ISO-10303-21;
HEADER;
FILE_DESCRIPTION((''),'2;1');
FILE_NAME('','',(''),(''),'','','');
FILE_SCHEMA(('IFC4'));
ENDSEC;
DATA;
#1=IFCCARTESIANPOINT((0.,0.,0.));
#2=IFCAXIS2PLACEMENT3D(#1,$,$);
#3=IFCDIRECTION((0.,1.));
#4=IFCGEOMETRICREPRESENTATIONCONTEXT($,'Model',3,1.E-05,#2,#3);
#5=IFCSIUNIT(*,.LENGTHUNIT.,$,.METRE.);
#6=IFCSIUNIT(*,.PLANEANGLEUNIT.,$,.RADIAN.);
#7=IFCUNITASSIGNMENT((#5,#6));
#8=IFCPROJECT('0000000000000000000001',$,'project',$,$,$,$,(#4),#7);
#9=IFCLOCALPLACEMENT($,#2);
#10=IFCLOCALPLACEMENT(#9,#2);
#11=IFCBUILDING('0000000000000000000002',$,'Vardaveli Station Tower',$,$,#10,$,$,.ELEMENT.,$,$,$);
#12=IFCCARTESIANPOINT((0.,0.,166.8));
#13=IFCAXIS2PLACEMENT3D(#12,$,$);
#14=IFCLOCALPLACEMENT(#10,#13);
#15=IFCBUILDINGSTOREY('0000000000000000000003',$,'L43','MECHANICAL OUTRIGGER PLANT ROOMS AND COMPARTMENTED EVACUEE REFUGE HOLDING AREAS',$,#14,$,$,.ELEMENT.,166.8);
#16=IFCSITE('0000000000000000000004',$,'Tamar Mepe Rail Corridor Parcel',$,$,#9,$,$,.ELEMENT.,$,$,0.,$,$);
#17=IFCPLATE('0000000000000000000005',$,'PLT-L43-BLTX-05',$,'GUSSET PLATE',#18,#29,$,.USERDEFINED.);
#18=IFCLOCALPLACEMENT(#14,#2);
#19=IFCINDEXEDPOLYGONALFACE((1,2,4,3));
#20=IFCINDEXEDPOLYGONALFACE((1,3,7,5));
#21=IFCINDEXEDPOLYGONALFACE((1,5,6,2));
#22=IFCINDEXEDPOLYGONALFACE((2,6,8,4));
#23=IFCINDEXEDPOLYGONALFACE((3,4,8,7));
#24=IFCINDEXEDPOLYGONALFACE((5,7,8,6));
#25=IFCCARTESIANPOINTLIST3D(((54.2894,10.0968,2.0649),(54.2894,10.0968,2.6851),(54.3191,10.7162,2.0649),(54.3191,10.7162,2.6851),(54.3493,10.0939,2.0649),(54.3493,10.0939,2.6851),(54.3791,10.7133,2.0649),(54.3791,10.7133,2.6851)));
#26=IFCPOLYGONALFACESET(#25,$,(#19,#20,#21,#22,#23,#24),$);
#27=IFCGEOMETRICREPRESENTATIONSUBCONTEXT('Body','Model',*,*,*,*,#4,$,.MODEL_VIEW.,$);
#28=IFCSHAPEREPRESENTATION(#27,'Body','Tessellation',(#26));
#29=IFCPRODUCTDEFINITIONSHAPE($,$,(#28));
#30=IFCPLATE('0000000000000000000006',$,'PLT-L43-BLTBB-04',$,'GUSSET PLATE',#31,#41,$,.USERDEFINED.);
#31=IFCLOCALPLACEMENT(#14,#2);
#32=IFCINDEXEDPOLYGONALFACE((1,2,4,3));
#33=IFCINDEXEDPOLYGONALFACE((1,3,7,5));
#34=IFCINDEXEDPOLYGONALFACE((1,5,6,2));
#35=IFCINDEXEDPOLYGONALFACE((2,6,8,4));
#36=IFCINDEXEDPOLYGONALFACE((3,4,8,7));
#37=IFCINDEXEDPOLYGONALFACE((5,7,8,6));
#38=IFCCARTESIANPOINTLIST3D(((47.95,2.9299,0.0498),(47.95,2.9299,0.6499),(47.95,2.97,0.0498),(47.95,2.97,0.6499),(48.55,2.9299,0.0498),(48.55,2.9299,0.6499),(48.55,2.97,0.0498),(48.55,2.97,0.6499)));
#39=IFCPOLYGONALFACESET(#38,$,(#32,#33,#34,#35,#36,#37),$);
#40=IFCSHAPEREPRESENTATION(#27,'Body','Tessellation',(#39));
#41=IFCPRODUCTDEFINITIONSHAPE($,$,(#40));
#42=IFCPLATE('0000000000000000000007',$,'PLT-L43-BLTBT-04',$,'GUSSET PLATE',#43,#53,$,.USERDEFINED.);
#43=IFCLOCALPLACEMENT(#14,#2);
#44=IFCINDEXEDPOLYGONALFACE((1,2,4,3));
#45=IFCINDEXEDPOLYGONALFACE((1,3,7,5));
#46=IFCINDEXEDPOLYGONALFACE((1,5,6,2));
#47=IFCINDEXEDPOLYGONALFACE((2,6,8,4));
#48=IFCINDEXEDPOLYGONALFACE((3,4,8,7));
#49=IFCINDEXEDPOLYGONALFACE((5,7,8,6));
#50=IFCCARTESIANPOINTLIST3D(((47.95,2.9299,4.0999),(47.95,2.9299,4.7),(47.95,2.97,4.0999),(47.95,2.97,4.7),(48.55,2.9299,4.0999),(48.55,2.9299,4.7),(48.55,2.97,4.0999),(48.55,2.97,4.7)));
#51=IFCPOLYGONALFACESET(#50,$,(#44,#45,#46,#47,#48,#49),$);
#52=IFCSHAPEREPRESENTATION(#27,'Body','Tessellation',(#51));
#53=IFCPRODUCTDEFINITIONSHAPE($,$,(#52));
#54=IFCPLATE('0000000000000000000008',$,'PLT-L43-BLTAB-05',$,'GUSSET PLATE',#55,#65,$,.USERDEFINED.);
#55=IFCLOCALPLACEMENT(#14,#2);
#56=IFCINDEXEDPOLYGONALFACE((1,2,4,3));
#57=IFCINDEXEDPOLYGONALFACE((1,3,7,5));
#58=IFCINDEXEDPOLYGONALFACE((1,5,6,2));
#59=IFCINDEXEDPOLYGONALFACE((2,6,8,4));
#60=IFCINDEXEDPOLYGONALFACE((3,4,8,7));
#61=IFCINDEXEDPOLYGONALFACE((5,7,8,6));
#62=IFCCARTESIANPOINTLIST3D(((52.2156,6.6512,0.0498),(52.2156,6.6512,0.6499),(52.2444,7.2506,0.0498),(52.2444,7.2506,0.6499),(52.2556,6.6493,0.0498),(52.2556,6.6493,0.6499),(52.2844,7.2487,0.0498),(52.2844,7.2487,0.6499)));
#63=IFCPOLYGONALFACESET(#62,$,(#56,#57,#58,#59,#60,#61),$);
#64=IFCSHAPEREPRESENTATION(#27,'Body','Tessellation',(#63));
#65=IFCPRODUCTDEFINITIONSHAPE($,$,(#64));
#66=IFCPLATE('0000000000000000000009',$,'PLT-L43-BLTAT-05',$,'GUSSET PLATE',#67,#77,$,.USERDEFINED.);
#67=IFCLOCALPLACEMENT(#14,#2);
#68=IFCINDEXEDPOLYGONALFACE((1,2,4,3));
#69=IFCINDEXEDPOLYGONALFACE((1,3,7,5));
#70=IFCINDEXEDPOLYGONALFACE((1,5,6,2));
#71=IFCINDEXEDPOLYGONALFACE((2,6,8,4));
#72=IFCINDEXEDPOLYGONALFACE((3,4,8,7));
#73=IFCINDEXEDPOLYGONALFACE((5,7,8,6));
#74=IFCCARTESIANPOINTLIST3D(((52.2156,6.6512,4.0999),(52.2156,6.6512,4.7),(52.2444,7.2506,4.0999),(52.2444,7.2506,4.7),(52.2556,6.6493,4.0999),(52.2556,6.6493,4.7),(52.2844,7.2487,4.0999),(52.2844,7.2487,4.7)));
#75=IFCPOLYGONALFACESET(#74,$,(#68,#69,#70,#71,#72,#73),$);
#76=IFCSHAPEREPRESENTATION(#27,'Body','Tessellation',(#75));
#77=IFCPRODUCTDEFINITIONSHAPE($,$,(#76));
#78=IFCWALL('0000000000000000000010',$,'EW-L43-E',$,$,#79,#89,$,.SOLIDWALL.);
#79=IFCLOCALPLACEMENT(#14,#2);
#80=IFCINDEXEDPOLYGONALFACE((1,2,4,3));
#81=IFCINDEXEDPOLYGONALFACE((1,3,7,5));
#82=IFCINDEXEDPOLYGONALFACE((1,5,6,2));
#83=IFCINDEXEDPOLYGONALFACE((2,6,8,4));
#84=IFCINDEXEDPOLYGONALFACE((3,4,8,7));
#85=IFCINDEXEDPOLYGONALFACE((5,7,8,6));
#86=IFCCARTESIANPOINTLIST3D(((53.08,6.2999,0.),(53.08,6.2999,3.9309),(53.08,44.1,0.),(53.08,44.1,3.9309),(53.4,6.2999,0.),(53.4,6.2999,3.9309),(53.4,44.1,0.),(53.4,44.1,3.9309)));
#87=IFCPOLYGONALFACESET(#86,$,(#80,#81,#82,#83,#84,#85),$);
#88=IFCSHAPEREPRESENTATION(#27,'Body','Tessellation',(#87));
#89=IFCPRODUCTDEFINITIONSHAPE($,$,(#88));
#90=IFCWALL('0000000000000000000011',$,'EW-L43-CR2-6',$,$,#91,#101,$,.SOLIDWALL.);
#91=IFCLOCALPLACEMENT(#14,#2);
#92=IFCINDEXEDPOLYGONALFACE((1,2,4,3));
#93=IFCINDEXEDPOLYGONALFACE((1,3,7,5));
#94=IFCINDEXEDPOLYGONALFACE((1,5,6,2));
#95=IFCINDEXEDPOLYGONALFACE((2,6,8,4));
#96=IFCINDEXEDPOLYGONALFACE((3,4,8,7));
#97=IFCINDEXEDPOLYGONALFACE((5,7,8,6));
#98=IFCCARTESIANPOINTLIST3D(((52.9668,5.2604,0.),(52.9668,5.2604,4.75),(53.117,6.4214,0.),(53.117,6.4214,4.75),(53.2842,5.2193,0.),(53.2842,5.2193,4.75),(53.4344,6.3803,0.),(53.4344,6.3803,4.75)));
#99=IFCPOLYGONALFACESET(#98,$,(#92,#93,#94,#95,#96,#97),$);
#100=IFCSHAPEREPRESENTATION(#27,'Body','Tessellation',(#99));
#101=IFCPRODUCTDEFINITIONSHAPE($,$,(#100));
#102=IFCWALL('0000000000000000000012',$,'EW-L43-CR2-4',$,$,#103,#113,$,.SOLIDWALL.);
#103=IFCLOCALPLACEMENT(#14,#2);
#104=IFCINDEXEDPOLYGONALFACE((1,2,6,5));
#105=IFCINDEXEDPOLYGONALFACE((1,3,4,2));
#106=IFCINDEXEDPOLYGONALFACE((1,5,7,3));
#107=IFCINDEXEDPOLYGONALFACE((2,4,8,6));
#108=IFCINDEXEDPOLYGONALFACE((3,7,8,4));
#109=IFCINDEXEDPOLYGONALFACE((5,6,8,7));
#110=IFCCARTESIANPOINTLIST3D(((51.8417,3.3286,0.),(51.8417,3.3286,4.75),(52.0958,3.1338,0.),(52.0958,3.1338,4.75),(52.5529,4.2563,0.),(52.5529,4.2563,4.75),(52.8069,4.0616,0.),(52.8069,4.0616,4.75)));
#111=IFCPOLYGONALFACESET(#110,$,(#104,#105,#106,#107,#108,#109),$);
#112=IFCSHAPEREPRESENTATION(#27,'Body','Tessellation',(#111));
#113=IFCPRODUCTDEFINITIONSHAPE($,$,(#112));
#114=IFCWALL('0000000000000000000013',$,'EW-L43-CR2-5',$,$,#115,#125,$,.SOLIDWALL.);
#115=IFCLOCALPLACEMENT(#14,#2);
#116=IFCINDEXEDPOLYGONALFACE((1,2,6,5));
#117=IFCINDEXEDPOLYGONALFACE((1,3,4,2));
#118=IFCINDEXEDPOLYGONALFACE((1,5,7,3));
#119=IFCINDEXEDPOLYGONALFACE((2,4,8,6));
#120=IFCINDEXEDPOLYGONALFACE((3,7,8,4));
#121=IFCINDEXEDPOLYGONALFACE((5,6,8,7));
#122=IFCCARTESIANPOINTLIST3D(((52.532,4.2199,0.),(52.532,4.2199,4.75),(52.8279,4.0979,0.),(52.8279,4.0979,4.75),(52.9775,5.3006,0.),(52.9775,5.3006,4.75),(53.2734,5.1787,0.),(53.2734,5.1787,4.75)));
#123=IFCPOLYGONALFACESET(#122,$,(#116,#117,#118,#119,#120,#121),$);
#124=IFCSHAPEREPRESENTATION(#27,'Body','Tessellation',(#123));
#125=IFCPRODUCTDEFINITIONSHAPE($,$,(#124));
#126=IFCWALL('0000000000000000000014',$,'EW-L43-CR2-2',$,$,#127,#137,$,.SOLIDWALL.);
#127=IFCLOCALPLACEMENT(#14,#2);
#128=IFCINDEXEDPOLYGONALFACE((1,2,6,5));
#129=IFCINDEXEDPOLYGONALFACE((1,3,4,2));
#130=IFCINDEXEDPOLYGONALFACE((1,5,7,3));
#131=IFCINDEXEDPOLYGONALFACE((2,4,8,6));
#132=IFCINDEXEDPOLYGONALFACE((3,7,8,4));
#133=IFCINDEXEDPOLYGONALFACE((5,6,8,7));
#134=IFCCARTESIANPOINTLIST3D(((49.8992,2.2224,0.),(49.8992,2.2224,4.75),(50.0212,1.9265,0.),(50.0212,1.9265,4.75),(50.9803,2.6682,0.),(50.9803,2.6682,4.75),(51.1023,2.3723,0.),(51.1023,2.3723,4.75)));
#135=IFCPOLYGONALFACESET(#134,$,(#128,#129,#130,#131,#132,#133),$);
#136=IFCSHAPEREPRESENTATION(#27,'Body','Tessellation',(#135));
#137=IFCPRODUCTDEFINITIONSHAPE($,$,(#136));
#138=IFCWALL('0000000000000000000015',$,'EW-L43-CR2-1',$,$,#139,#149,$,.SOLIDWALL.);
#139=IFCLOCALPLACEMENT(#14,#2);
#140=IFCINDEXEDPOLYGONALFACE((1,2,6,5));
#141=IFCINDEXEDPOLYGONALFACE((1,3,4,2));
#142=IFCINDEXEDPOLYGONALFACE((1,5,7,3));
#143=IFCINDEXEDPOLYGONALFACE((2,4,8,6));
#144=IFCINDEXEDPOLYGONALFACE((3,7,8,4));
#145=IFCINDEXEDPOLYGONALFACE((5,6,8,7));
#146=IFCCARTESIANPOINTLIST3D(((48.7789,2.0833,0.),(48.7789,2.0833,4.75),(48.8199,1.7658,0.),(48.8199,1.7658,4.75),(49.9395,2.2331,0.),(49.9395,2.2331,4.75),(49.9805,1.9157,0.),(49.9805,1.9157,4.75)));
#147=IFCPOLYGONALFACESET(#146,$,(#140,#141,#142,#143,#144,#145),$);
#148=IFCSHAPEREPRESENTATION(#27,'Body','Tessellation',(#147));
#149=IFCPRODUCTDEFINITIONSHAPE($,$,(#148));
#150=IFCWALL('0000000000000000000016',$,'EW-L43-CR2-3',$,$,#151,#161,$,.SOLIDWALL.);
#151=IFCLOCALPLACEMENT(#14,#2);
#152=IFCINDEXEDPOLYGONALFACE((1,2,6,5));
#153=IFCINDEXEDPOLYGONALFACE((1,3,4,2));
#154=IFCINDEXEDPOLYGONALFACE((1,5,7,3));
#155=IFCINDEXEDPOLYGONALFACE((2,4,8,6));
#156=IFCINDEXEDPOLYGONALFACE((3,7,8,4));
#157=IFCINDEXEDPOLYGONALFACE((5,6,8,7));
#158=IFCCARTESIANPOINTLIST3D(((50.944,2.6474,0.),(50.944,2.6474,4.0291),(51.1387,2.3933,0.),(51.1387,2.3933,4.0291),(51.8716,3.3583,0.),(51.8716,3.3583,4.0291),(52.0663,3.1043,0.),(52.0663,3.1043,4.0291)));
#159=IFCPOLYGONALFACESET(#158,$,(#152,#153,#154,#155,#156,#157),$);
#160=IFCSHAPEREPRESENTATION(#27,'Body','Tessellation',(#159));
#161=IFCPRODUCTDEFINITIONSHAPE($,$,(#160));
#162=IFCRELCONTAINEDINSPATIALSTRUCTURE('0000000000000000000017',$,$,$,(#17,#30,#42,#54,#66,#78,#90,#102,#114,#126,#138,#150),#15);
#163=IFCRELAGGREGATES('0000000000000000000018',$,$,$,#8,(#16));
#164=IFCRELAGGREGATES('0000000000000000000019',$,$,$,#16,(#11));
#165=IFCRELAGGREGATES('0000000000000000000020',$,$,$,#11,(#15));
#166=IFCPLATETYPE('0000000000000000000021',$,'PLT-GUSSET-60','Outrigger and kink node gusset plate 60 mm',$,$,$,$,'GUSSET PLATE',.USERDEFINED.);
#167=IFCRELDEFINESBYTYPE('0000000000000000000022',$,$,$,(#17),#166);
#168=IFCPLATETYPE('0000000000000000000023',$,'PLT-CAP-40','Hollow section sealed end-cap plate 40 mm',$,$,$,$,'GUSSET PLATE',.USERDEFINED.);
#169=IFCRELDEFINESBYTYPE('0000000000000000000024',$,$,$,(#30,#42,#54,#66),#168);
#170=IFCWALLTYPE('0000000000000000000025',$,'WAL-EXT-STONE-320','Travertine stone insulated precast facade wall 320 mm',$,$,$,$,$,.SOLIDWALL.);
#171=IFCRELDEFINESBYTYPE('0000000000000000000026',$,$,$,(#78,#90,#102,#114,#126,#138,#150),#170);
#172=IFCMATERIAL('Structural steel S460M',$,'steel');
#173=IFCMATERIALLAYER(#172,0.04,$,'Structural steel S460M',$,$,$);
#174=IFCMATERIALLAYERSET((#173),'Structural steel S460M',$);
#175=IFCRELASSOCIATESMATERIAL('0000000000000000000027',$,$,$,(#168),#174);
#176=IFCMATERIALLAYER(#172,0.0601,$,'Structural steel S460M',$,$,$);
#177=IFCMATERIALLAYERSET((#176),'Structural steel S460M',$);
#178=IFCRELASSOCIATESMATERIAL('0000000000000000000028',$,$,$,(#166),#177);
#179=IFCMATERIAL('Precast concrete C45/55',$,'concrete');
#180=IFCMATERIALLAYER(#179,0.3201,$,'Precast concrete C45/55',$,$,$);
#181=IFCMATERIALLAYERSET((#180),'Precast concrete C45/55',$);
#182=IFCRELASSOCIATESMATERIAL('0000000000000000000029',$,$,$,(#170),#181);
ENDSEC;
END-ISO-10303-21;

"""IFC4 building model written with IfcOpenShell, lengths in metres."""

from ifc_helpers import new_model, si_unit, direction, frame, frame_2d, origin, origin_2d, place, context, subcontext, project, spatial, rectangle, extrude, source, transform, mapped, material, layer, layer_set, type_object, element, save


model = new_model("IFC4")

# Units and contexts
model_context = context("Model", 3, precision=1e-05, world=origin(), true_north=direction((0.0, 1.0)))
body_context = subcontext(model_context, "Body", "Model", "MODEL_VIEW")
ifc_project = project(units=[si_unit("LENGTHUNIT", "METRE"), si_unit("PLANEANGLEUNIT", "RADIAN")], contexts=[model_context])

# Site, building, storey
site_placement = place(None, origin())
site = spatial("IfcSite", under=ifc_project, at=site_placement, Name="Tamar Mepe Rail Corridor Parcel", CompositionType="ELEMENT", RefElevation=0.0)
building_placement = place(site_placement, origin())
building = spatial("IfcBuilding", under=site, at=building_placement, Name="Vardaveli Station Tower", CompositionType="ELEMENT")
storey_placement = place(building_placement, frame((0.0, 0.0, 166.8)))
storey = spatial("IfcBuildingStorey", under=building, at=storey_placement, Name="L43", Description="MECHANICAL OUTRIGGER PLANT ROOMS AND COMPARTMENTED EVACUEE REFUGE HOLDING AREAS", CompositionType="ELEMENT", Elevation=166.8)

# Shared definitions
ifc_material_1 = material(Name="Structural steel S460M", Category="steel")

# Plates
ifc_layer_1 = layer(ifc_material_1, 0.04, Name="Structural steel S460M")
ifc_layer_set_1 = layer_set([ifc_layer_1], Name="Structural steel S460M")
plate_type_1 = type_object("IfcPlateType", Name="PLT-CAP-40", Description="Hollow section sealed end-cap plate 40 mm", ElementType="GUSSET PLATE", PredefinedType="USERDEFINED", material=ifc_layer_set_1)
ifc_layer_2 = layer(ifc_material_1, 0.0601, Name="Structural steel S460M")
ifc_layer_set_2 = layer_set([ifc_layer_2], Name="Structural steel S460M")
plate_type_2 = type_object("IfcPlateType", Name="PLT-GUSSET-60", Description="Outrigger and kink node gusset plate 60 mm", ElementType="GUSSET PLATE", PredefinedType="USERDEFINED", material=ifc_layer_set_2)
shared_shape_1 = source(origin(), body_context, "Body", "SweptSolid", [
    extrude(rectangle(XDim=0.6201, YDim=0.0601, at=origin_2d()), origin(), (0.0, 0.0, 1.0), 0.6201),
])
plate_1_placement = place(storey_placement, frame((54.3342, 10.405, 2.0649), z_axis=(0.0, 0.0, 1.0), x_axis=(0.047978, 0.998848, 0.0)))
element("IfcPlate", 1, at=plate_1_placement, inside=storey, type_object=plate_type_2, Name="PLT-L43-BLTX-05", ObjectType="GUSSET PLATE", PredefinedType="USERDEFINED", context=body_context, shape_type="MappedRepresentation", body=[
    mapped(shared_shape_1, transform((0.0, 0.0, 0.0), scale=1.0)),
])
shared_shape_2 = source(origin(), body_context, "Body", "SweptSolid", [
    extrude(rectangle(XDim=0.6001, YDim=0.04, at=origin_2d()), origin(), (0.0, 0.0, 1.0), 0.6001),
])
for number, where, z_axis, x_axis, name in (
    (2, (48.25, 2.95, 0.0498), (0.0, 0.0, 1.0), (1.0, 0.0, 0.0), "PLT-L43-BLTBB-04"),
    (3, (48.25, 2.95, 4.0999), (0.0, 0.0, 1.0), (1.0, 0.0, 0.0), "PLT-L43-BLTBT-04"),
    (4, (52.25, 6.95, 0.0498), (0.0, 0.0, 1.0), (0.047978, 0.998848, 0.0), "PLT-L43-BLTAB-05"),
    (5, (52.25, 6.95, 4.0999), (0.0, 0.0, 1.0), (0.047978, 0.998848, 0.0), "PLT-L43-BLTAT-05"),
):
    element("IfcPlate", number, at=place(storey_placement, frame(where, z_axis=z_axis, x_axis=x_axis)), inside=storey, type_object=plate_type_1, Name=name, ObjectType="GUSSET PLATE", PredefinedType="USERDEFINED", context=body_context, shape_type="MappedRepresentation", body=[
        mapped(shared_shape_2, transform((0.0, 0.0, 0.0), scale=1.0)),
    ])

# Walls
ifc_material_2 = material(Name="Precast concrete C45/55", Category="concrete")
ifc_layer_3 = layer(ifc_material_2, 0.3201, Name="Precast concrete C45/55")
ifc_layer_set_3 = layer_set([ifc_layer_3], Name="Precast concrete C45/55")
wall_type = type_object("IfcWallType", Name="WAL-EXT-STONE-320", Description="Travertine stone insulated precast facade wall 320 mm", PredefinedType="SOLIDWALL", material=ifc_layer_set_3)
shared_shape_3 = source(origin(), body_context, "Body", "SweptSolid", [
    extrude(rectangle(XDim=37.8, YDim=0.3201, at=frame_2d((18.8999, 0.0))), origin(), (0.0, 0.0, 1.0), 3.9309),
])
wall_1_placement = place(storey_placement, frame((53.24, 6.3, 0.0), z_axis=(0.0, 0.0, 1.0), x_axis=(0.0, 1.0, 0.0)))
element("IfcWall", 6, at=wall_1_placement, inside=storey, type_object=wall_type, Name="EW-L43-E", PredefinedType="SOLIDWALL", context=body_context, shape_type="MappedRepresentation", body=[
    mapped(shared_shape_3, transform((0.0, 0.0, 0.0), scale=1.0)),
])
shared_shape_4 = source(origin(), body_context, "Body", "SweptSolid", [
    extrude(rectangle(XDim=1.1707, YDim=0.3201, at=frame_2d((0.5854, 0.0))), origin(), (0.0, 0.0, 1.0), 4.75),
])
wall_2_placement = place(storey_placement, frame((53.1255, 5.2397, 0.0), z_axis=(0.0, 0.0, 1.0), x_axis=(0.128269, 0.991739, 0.0)))
element("IfcWall", 7, at=wall_2_placement, inside=storey, type_object=wall_type, Name="EW-L43-CR2-6", PredefinedType="SOLIDWALL", context=body_context, shape_type="MappedRepresentation", body=[
    mapped(shared_shape_4, transform((0.0, 0.0, 0.0), scale=1.0)),
])
shared_shape_5 = source(origin(), body_context, "Body", "SweptSolid", [
    extrude(rectangle(XDim=1.1689, YDim=0.3201, at=frame_2d((0.5845, 0.0))), origin(), (0.0, 0.0, 1.0), 4.75),
])
for number, where, z_axis, x_axis, name in (
    (8, (51.9688, 3.2312, 0.0), (0.0, 0.0, 1.0), (0.608388, 0.79364, 0.0), "EW-L43-CR2-4"),
    (9, (52.6799, 4.1589, 0.0), (0.0, 0.0, 1.0), (0.381128, 0.924522, 0.0), "EW-L43-CR2-5"),
):
    element("IfcWall", number, at=place(storey_placement, frame(where, z_axis=z_axis, x_axis=x_axis)), inside=storey, type_object=wall_type, Name=name, PredefinedType="SOLIDWALL", context=body_context, shape_type="MappedRepresentation", body=[
        mapped(shared_shape_5, transform((0.0, 0.0, 0.0), scale=1.0)),
    ])
shared_shape_6 = source(origin(), body_context, "Body", "SweptSolid", [
    extrude(rectangle(XDim=1.1694, YDim=0.3201, at=frame_2d((0.5847, 0.0))), origin(), (0.0, 0.0, 1.0), 4.75),
])
wall_3_placement = place(storey_placement, frame((49.9602, 2.0745, 0.0), z_axis=(0.0, 0.0, 1.0), x_axis=(0.924479, 0.381233, 0.0)))
element("IfcWall", 10, at=wall_3_placement, inside=storey, type_object=wall_type, Name="EW-L43-CR2-2", PredefinedType="SOLIDWALL", context=body_context, shape_type="MappedRepresentation", body=[
    mapped(shared_shape_6, transform((0.0, 0.0, 0.0), scale=1.0)),
])
shared_shape_7 = source(origin(), body_context, "Body", "SweptSolid", [
    extrude(rectangle(XDim=1.1702, YDim=0.3201, at=frame_2d((0.585, 0.0))), origin(), (0.0, 0.0, 1.0), 4.75),
])
wall_4_placement = place(storey_placement, frame((48.7996, 1.9246, 0.0), z_axis=(0.0, 0.0, 1.0), x_axis=(0.991762, 0.12809, 0.0)))
element("IfcWall", 11, at=wall_4_placement, inside=storey, type_object=wall_type, Name="EW-L43-CR2-1", PredefinedType="SOLIDWALL", context=body_context, shape_type="MappedRepresentation", body=[
    mapped(shared_shape_7, transform((0.0, 0.0, 0.0), scale=1.0)),
])
shared_shape_8 = source(origin(), body_context, "Body", "SweptSolid", [
    extrude(rectangle(XDim=1.1687, YDim=0.3201, at=frame_2d((0.5845, 0.0))), origin(), (0.0, 0.0, 1.0), 4.0291),
])
wall_5_placement = place(storey_placement, frame((51.0413, 2.5203, 0.0), z_axis=(0.0, 0.0, 1.0), x_axis=(0.793664, 0.608357, 0.0)))
element("IfcWall", 12, at=wall_5_placement, inside=storey, type_object=wall_type, Name="EW-L43-CR2-3", PredefinedType="SOLIDWALL", context=body_context, shape_type="MappedRepresentation", body=[
    mapped(shared_shape_8, transform((0.0, 0.0, 0.0), scale=1.0)),
])

save(model, "model.ifc")
